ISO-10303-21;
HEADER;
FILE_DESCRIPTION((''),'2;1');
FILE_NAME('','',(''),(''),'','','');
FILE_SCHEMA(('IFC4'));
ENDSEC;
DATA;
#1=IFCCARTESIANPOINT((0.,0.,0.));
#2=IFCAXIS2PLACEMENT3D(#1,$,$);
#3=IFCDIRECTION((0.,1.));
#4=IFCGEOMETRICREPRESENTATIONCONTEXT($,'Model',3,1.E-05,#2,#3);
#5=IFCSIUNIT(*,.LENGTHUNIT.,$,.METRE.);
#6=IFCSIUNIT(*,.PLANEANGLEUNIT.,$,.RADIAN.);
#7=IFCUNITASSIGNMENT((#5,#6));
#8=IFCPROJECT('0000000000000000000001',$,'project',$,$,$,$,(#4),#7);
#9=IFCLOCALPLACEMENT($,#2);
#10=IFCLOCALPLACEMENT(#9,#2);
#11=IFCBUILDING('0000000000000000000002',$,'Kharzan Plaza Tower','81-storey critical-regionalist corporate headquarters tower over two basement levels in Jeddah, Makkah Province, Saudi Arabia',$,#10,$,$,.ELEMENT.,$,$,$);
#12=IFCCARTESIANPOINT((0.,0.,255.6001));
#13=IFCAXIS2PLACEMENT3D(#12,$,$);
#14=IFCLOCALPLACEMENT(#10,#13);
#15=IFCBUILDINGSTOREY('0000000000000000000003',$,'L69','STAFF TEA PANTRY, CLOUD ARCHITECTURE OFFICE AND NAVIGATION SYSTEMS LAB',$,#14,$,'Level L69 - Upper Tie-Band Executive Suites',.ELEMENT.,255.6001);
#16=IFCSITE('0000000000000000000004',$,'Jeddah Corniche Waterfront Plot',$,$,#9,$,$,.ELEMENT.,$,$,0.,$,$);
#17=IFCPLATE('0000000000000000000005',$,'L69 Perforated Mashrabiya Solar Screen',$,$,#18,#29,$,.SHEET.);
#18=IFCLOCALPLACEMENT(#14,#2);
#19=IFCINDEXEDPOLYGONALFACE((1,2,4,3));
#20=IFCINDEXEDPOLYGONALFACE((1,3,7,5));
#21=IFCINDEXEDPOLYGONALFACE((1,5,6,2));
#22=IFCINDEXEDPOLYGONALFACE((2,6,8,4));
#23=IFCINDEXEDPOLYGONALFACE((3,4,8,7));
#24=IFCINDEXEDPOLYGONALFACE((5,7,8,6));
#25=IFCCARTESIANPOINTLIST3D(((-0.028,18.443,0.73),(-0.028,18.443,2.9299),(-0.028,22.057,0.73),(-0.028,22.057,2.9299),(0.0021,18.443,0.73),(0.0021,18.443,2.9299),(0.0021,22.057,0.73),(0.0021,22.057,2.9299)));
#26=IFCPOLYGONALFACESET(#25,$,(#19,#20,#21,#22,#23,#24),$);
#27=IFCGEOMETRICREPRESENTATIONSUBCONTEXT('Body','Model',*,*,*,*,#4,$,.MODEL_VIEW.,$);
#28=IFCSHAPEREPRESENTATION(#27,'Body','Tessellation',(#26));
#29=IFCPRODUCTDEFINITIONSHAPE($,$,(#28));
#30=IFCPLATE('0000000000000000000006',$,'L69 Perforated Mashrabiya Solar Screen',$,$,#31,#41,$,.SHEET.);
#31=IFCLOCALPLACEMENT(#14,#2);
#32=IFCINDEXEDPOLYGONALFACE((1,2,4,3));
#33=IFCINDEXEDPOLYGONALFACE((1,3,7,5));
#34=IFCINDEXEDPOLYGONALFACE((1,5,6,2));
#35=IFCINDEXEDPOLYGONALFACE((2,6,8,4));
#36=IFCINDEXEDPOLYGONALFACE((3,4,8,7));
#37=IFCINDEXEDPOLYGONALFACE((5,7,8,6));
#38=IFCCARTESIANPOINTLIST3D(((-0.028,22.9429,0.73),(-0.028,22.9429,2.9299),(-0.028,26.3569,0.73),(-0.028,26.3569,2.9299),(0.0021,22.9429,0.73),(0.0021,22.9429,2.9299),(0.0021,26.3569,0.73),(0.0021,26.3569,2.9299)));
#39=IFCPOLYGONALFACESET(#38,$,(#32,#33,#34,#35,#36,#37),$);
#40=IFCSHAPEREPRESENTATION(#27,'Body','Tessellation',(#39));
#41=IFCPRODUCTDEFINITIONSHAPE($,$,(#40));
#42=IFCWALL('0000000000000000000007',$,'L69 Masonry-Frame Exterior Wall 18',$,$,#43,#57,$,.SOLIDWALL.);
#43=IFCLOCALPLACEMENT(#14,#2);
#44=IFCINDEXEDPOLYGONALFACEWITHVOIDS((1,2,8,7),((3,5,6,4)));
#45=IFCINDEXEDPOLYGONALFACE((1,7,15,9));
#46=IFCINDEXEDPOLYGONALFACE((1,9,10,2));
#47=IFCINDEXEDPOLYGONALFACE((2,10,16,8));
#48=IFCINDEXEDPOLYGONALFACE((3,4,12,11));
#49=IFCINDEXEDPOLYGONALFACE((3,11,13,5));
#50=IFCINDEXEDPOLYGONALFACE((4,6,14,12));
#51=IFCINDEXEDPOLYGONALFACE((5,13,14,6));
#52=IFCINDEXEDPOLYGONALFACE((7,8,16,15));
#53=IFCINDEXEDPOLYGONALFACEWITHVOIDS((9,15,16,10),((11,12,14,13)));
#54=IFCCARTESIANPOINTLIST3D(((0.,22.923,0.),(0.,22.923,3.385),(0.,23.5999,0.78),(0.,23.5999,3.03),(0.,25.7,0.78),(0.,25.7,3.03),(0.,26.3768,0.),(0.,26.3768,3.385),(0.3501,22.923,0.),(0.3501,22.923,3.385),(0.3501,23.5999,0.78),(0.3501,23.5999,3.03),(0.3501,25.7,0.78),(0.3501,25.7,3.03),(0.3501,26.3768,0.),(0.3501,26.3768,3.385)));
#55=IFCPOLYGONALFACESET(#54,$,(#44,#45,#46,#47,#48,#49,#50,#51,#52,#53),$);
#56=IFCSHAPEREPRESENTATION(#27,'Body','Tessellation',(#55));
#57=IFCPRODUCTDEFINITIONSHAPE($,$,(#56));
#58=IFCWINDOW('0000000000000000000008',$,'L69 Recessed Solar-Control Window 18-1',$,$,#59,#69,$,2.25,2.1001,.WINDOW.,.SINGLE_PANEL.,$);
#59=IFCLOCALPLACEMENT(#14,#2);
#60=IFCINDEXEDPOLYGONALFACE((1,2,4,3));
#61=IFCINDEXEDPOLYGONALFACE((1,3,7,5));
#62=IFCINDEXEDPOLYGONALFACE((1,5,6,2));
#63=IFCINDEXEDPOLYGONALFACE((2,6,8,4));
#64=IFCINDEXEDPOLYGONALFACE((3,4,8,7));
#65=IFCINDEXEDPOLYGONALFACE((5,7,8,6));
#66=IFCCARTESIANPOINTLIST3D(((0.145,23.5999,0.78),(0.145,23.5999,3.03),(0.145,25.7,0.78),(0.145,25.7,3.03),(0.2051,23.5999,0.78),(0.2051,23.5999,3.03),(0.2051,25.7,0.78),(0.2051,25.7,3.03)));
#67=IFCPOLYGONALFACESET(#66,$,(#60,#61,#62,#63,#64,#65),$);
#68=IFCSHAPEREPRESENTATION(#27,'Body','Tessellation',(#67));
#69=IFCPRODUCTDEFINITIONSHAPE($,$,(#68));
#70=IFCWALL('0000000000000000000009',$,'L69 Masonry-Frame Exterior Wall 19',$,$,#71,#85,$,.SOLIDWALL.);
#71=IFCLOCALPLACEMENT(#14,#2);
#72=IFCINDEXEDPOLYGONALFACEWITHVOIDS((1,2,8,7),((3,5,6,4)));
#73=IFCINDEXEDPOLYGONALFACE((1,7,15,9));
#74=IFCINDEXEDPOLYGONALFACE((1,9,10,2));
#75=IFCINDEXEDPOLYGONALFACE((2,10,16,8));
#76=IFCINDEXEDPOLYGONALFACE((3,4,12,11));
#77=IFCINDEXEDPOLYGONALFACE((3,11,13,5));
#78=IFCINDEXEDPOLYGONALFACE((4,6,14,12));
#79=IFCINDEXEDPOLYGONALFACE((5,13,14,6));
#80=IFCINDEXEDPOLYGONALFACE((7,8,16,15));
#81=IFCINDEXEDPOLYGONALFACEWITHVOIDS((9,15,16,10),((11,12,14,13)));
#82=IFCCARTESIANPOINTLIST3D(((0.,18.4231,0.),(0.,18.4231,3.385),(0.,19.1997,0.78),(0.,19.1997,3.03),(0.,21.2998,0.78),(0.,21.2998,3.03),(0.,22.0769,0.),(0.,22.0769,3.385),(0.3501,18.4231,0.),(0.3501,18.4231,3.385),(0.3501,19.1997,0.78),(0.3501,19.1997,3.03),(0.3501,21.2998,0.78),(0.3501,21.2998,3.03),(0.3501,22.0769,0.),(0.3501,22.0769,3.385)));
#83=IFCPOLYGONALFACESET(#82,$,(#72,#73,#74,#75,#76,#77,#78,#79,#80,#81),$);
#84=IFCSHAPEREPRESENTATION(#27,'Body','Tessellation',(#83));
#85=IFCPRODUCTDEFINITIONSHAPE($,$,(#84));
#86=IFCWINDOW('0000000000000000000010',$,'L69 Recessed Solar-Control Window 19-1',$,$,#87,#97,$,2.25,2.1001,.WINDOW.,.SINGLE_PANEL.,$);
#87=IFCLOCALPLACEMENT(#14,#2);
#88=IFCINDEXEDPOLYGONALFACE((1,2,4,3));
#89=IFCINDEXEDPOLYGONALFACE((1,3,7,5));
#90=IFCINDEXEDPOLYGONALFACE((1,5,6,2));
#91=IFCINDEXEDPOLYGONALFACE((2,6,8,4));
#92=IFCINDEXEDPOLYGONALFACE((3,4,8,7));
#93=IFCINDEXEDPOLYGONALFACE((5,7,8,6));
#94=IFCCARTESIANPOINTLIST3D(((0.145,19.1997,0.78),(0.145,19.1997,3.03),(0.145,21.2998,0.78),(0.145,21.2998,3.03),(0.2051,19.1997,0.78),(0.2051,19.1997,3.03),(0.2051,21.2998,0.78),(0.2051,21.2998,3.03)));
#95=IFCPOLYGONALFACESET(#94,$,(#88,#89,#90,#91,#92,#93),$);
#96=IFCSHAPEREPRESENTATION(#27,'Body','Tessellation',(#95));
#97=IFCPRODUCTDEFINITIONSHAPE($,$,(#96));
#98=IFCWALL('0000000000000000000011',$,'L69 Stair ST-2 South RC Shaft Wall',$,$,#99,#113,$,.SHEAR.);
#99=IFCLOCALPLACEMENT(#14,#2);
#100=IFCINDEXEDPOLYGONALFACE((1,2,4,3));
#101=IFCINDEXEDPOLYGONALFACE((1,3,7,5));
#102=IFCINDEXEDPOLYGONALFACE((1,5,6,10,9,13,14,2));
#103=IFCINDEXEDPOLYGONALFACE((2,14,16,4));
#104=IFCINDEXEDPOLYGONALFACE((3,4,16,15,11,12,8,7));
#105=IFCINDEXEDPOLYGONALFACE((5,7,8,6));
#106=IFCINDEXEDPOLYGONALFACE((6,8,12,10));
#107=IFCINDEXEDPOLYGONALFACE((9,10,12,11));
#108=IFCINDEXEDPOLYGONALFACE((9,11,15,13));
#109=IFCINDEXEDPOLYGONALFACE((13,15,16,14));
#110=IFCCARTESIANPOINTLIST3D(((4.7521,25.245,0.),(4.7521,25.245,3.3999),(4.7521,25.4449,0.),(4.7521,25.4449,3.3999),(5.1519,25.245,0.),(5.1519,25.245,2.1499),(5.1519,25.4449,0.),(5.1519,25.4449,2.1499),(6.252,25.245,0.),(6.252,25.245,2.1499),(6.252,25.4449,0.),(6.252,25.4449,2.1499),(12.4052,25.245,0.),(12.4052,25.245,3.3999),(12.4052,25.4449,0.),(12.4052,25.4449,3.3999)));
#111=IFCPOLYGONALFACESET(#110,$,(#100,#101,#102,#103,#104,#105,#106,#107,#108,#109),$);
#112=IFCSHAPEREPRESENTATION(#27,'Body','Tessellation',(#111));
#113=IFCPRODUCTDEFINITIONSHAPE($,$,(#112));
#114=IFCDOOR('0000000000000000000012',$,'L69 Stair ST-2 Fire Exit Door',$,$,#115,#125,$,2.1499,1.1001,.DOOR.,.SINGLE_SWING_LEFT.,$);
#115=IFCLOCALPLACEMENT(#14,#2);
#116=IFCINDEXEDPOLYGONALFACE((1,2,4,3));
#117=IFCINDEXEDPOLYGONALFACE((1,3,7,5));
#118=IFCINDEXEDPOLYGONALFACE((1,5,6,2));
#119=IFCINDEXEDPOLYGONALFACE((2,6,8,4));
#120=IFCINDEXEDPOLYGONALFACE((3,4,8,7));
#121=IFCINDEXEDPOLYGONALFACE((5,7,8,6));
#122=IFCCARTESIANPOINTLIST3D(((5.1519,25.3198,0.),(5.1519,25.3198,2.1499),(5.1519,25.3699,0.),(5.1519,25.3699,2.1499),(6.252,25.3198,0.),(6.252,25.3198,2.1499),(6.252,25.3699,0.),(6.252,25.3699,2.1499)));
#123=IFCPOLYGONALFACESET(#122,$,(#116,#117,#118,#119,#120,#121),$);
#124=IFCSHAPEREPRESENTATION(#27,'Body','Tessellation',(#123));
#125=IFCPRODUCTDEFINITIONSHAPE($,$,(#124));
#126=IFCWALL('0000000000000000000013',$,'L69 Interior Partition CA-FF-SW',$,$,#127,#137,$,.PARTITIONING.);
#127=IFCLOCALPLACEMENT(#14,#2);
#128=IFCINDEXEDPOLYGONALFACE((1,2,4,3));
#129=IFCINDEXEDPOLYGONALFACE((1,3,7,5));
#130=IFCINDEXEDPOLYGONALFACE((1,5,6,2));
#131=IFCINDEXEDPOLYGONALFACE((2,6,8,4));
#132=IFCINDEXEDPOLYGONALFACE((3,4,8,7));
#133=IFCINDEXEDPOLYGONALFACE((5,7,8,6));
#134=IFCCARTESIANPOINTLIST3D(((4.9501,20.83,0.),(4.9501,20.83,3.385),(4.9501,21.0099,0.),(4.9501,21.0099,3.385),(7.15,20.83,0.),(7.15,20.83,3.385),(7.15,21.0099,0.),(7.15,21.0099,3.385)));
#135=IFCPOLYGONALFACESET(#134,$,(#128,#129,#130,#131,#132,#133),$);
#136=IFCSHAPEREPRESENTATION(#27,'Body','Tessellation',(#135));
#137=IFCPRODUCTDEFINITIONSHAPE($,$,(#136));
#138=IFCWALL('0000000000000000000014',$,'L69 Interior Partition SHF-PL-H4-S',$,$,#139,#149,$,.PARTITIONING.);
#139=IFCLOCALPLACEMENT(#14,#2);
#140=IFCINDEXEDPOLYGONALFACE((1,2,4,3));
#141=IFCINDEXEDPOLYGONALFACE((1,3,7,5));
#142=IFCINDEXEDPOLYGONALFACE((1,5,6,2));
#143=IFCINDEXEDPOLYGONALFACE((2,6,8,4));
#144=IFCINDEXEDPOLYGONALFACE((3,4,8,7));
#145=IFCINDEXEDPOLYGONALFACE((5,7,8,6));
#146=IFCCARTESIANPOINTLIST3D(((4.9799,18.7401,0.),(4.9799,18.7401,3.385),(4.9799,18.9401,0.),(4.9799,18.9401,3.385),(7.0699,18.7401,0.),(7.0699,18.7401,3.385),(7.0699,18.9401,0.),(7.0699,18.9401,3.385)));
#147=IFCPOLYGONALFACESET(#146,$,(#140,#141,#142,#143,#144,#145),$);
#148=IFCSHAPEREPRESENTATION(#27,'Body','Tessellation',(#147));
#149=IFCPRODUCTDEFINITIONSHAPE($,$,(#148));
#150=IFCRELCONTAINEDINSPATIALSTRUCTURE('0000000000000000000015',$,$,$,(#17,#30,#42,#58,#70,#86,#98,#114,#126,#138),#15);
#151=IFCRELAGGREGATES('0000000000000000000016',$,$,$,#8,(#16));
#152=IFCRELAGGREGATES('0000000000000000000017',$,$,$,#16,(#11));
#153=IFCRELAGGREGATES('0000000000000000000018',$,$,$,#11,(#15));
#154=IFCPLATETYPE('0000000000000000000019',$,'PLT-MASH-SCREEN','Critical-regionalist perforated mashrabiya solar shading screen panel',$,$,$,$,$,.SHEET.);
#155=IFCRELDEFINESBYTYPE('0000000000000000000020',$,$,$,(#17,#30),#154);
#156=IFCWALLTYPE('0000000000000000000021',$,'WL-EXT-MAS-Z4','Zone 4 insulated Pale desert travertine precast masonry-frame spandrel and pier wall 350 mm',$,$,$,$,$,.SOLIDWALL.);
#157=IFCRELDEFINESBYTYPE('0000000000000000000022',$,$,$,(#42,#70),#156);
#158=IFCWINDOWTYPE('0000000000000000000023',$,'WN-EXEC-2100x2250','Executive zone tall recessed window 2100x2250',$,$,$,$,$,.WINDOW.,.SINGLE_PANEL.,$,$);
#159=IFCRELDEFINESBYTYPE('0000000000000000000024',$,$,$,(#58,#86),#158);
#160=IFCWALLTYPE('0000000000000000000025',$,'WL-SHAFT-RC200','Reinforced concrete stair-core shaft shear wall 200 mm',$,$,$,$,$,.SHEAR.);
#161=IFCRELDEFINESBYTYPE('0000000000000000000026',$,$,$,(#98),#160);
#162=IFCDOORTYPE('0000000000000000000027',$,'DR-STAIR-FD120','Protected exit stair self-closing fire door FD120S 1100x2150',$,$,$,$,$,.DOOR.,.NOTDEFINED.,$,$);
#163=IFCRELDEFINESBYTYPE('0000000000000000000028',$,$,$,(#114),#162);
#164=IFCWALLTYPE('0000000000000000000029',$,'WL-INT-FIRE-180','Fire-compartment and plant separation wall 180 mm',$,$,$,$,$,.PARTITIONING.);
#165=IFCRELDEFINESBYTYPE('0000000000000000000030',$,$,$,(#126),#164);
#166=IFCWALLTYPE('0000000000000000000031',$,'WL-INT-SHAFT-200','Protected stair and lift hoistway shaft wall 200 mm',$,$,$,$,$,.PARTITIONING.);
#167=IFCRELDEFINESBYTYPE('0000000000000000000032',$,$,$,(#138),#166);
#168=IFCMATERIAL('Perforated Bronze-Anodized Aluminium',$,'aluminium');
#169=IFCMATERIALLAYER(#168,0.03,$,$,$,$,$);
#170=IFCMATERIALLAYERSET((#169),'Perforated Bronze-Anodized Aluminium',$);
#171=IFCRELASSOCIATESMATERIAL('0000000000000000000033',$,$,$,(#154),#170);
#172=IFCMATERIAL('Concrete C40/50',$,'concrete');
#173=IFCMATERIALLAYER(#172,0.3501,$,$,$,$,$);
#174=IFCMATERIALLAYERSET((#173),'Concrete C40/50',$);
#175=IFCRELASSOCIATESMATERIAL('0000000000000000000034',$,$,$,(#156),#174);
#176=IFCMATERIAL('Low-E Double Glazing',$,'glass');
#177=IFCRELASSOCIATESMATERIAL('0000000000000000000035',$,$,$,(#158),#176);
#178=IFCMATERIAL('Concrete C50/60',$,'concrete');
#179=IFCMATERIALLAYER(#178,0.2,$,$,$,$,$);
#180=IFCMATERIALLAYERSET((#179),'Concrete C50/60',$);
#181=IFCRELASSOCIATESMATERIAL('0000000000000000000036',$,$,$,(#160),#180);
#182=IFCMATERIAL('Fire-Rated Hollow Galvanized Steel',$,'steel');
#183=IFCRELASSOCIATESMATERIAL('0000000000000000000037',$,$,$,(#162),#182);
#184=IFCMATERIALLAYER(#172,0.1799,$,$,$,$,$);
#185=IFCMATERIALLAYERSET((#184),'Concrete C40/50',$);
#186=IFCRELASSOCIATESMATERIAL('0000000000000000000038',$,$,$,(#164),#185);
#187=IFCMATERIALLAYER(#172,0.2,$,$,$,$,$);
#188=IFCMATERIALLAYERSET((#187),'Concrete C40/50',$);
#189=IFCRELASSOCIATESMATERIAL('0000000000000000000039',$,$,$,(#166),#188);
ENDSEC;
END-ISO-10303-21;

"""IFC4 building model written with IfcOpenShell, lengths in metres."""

from ifc_helpers import new_model, si_unit, direction, frame, frame_2d, origin, origin_2d, place, context, subcontext, project, spatial, rectangle, extrude, source, transform, mapped, material, layer, layer_set, type_object, element, fill, save


model = new_model("IFC4")

# Units and contexts
model_context = context("Model", 3, precision=1e-05, world=origin(), true_north=direction((0.0, 1.0)))
body_context = subcontext(model_context, "Body", "Model", "MODEL_VIEW")
ifc_project = project(units=[si_unit("LENGTHUNIT", "METRE"), si_unit("PLANEANGLEUNIT", "RADIAN")], contexts=[model_context])

# Site, building, storey
site_placement = place(None, origin())
site = spatial("IfcSite", under=ifc_project, at=site_placement, Name="Jeddah Corniche Waterfront Plot", CompositionType="ELEMENT", RefElevation=0.0)
building_placement = place(site_placement, origin())
building = spatial("IfcBuilding", under=site, at=building_placement, Name="Kharzan Plaza Tower", Description="81-storey critical-regionalist corporate headquarters tower over two basement levels in Jeddah, Makkah Province, Saudi Arabia", CompositionType="ELEMENT")
storey_placement = place(building_placement, frame((0.0, 0.0, 255.6001)))
storey = spatial("IfcBuildingStorey", under=building, at=storey_placement, Name="L69", Description="STAFF TEA PANTRY, CLOUD ARCHITECTURE OFFICE AND NAVIGATION SYSTEMS LAB", LongName="Level L69 - Upper Tie-Band Executive Suites", CompositionType="ELEMENT", Elevation=255.6001)

# Shared definitions
ifc_material_1 = material(Name="Concrete C50/60", Category="concrete")

# Plates
ifc_material_2 = material(Name="Perforated Bronze-Anodized Aluminium", Category="aluminium")
ifc_layer_1 = layer(ifc_material_2, 0.03)
ifc_layer_set_1 = layer_set([ifc_layer_1], Name="Perforated Bronze-Anodized Aluminium")
plate_type = type_object("IfcPlateType", Name="PLT-MASH-SCREEN", Description="Critical-regionalist perforated mashrabiya solar shading screen panel", PredefinedType="SHEET", material=ifc_layer_set_1)
shared_shape_1 = source(origin(), body_context, "Body", "SweptSolid", [
    extrude(rectangle(XDim=3.614, YDim=0.03, at=origin_2d()), origin(), (0.0, 0.0, 1.0), 2.2),
])
plate_1_placement = place(storey_placement, frame((-0.0129, 20.25, 0.73), z_axis=(0.0, 0.0, 1.0), x_axis=(0.0, -1.0, 0.0)))
element("IfcPlate", 1, at=plate_1_placement, inside=storey, type_object=plate_type, Name="L69 Perforated Mashrabiya Solar Screen", PredefinedType="SHEET", context=body_context, shape_type="MappedRepresentation", body=[
    mapped(shared_shape_1, transform((0.0, 0.0, 0.0), x_axis=(1.0, 0.0, 0.0), y_axis=(0.0, 1.0, 0.0), z_axis=(0.0, 0.0, 1.0))),
])
shared_shape_2 = source(origin(), body_context, "Body", "SweptSolid", [
    extrude(rectangle(XDim=3.4141, YDim=0.03, at=origin_2d()), origin(), (0.0, 0.0, 1.0), 2.2),
])
plate_2_placement = place(storey_placement, frame((-0.0129, 24.6499, 0.73), z_axis=(0.0, 0.0, 1.0), x_axis=(0.0, -1.0, 0.0)))
element("IfcPlate", 2, at=plate_2_placement, inside=storey, type_object=plate_type, Name="L69 Perforated Mashrabiya Solar Screen", PredefinedType="SHEET", context=body_context, shape_type="MappedRepresentation", body=[
    mapped(shared_shape_2, transform((0.0, 0.0, 0.0), x_axis=(1.0, 0.0, 0.0), y_axis=(0.0, 1.0, 0.0), z_axis=(0.0, 0.0, 1.0))),
])

# Walls, openings, windows
ifc_material_3 = material(Name="Concrete C40/50", Category="concrete")
ifc_layer_2 = layer(ifc_material_3, 0.3501)
ifc_layer_set_2 = layer_set([ifc_layer_2], Name="Concrete C40/50")
wall_type_1 = type_object("IfcWallType", Name="WL-EXT-MAS-Z4", Description="Zone 4 insulated Pale desert travertine precast masonry-frame spandrel and pier wall 350 mm", PredefinedType="SOLIDWALL", material=ifc_layer_set_2)
wall_1_placement = place(storey_placement, frame((0.175, 26.377, 0.0), z_axis=(0.0, 0.0, 1.0), x_axis=(0.0, -1.0, 0.0)))
wall_1 = element("IfcWall", 3, at=wall_1_placement, inside=storey, type_object=wall_type_1, Name="L69 Masonry-Frame Exterior Wall 18", PredefinedType="SOLIDWALL", context=body_context, shape_type="SweptSolid", body=[
    extrude(rectangle(XDim=3.4539, YDim=0.3501, at=frame_2d((1.7271, 0.0))), origin(), (0.0, 0.0, 1.0), 3.385),
])
opening_1_placement = place(wall_1_placement, frame((0.677, 0.0, 0.78)))
opening_1 = element("IfcOpeningElement", 4, at=opening_1_placement, cuts=wall_1, PredefinedType="OPENING", context=body_context, shape_type="SweptSolid", body=[
    extrude(rectangle(XDim=2.1001, YDim=2.25, at=frame_2d((1.05, 1.125))), frame((0.0, 0.1851, 0.0), z_axis=(0.0, -1.0, 0.0), x_axis=(1.0, 0.0, 0.0)), (0.0, 0.0, 1.0), 0.3701),
])
ifc_material_4 = material(Name="Low-E Double Glazing", Category="glass")
window_type = type_object("IfcWindowType", Name="WN-EXEC-2100x2250", Description="Executive zone tall recessed window 2100x2250", PartitioningType="SINGLE_PANEL", PredefinedType="WINDOW", material=ifc_material_4)
shared_shape_3 = source(origin(), body_context, "Body", "SweptSolid", [
    extrude(rectangle(XDim=2.1001, YDim=2.25, at=frame_2d((1.05, 1.125))), frame((0.0, 0.03, 0.0), z_axis=(0.0, -1.0, 0.0), x_axis=(1.0, 0.0, 0.0)), (0.0, 0.0, 1.0), 0.0601),
])
window_1_placement = place(opening_1_placement, origin())
window_1 = element("IfcWindow", 5, at=window_1_placement, inside=storey, type_object=window_type, Name="L69 Recessed Solar-Control Window 18-1", OverallHeight=2.25, OverallWidth=2.1001, PartitioningType="SINGLE_PANEL", PredefinedType="WINDOW", context=body_context, shape_type="MappedRepresentation", body=[
    mapped(shared_shape_3, transform((0.0, 0.0, 0.0), x_axis=(1.0, 0.0, 0.0), y_axis=(0.0, 1.0, 0.0), z_axis=(0.0, 0.0, 1.0))),
])
fill(opening_1, window_1)
wall_2_placement = place(storey_placement, frame((0.175, 22.0769, 0.0), z_axis=(0.0, 0.0, 1.0), x_axis=(0.0, -1.0, 0.0)))
wall_2 = element("IfcWall", 6, at=wall_2_placement, inside=storey, type_object=wall_type_1, Name="L69 Masonry-Frame Exterior Wall 19", PredefinedType="SOLIDWALL", context=body_context, shape_type="SweptSolid", body=[
    extrude(rectangle(XDim=3.6538, YDim=0.3501, at=frame_2d((1.8269, 0.0))), origin(), (0.0, 0.0, 1.0), 3.385),
])
opening_2_placement = place(wall_2_placement, frame((0.7771, 0.0, 0.78)))
opening_2 = element("IfcOpeningElement", 7, at=opening_2_placement, cuts=wall_2, PredefinedType="OPENING", context=body_context, shape_type="SweptSolid", body=[
    extrude(rectangle(XDim=2.1001, YDim=2.25, at=frame_2d((1.05, 1.125))), frame((0.0, 0.1851, 0.0), z_axis=(0.0, -1.0, 0.0), x_axis=(1.0, 0.0, 0.0)), (0.0, 0.0, 1.0), 0.3701),
])
window_2_placement = place(opening_2_placement, origin())
window_2 = element("IfcWindow", 8, at=window_2_placement, inside=storey, type_object=window_type, Name="L69 Recessed Solar-Control Window 19-1", OverallHeight=2.25, OverallWidth=2.1001, PartitioningType="SINGLE_PANEL", PredefinedType="WINDOW", context=body_context, shape_type="MappedRepresentation", body=[
    mapped(shared_shape_3, transform((0.0, 0.0, 0.0), x_axis=(1.0, 0.0, 0.0), y_axis=(0.0, 1.0, 0.0), z_axis=(0.0, 0.0, 1.0))),
])
fill(opening_2, window_2)

# Wall, opening, door
ifc_layer_3 = layer(ifc_material_1, 0.2)
ifc_layer_set_3 = layer_set([ifc_layer_3], Name="Concrete C50/60")
wall_type_2 = type_object("IfcWallType", Name="WL-SHAFT-RC200", Description="Reinforced concrete stair-core shaft shear wall 200 mm", PredefinedType="SHEAR", material=ifc_layer_set_3)
wall_3_placement = place(storey_placement, frame((4.752, 25.345, 0.0), z_axis=(0.0, 0.0, 1.0), x_axis=(1.0, 0.0, 0.0)))
wall_3 = element("IfcWall", 9, at=wall_3_placement, inside=storey, type_object=wall_type_2, Name="L69 Stair ST-2 South RC Shaft Wall", PredefinedType="SHEAR", context=body_context, shape_type="SweptSolid", body=[
    extrude(rectangle(XDim=7.6531, YDim=0.2, at=frame_2d((3.8267, 0.0))), origin(), (0.0, 0.0, 1.0), 3.3999),
])
opening_3_placement = place(wall_3_placement, frame((0.3999, 0.0, 0.0)))
opening_3 = element("IfcOpeningElement", 10, at=opening_3_placement, cuts=wall_3, PredefinedType="OPENING", context=body_context, shape_type="SweptSolid", body=[
    extrude(rectangle(XDim=1.1001, YDim=2.1499, at=frame_2d((0.55, 1.075))), frame((0.0, 0.1099, 0.0), z_axis=(0.0, -1.0, 0.0), x_axis=(1.0, 0.0, 0.0)), (0.0, 0.0, 1.0), 0.22),
])
ifc_material_5 = material(Name="Fire-Rated Hollow Galvanized Steel", Category="steel")
door_type = type_object("IfcDoorType", Name="DR-STAIR-FD120", Description="Protected exit stair self-closing fire door FD120S 1100x2150", OperationType="NOTDEFINED", PredefinedType="DOOR", material=ifc_material_5)
shared_shape_4 = source(origin(), body_context, "Body", "SweptSolid", [
    extrude(rectangle(XDim=1.1001, YDim=2.1499, at=frame_2d((0.55, 1.075))), frame((0.0, 0.0249, 0.0), z_axis=(0.0, -1.0, 0.0), x_axis=(1.0, 0.0, 0.0)), (0.0, 0.0, 1.0), 0.05),
])
door_placement = place(opening_3_placement, origin())
door = element("IfcDoor", 11, at=door_placement, inside=storey, type_object=door_type, Name="L69 Stair ST-2 Fire Exit Door", OperationType="SINGLE_SWING_LEFT", OverallHeight=2.1499, OverallWidth=1.1001, PredefinedType="DOOR", context=body_context, shape_type="MappedRepresentation", body=[
    mapped(shared_shape_4, transform((0.0, 0.0, 0.0), x_axis=(1.0, 0.0, 0.0), y_axis=(0.0, 1.0, 0.0), z_axis=(0.0, 0.0, 1.0))),
])
fill(opening_3, door)

# Walls
ifc_layer_4 = layer(ifc_material_3, 0.1799)
ifc_layer_set_4 = layer_set([ifc_layer_4], Name="Concrete C40/50")
wall_type_3 = type_object("IfcWallType", Name="WL-INT-FIRE-180", Description="Fire-compartment and plant separation wall 180 mm", PredefinedType="PARTITIONING", material=ifc_layer_set_4)
shared_shape_5 = source(origin(), body_context, "Body", "SweptSolid", [
    extrude(rectangle(XDim=2.2, YDim=0.1799, at=frame_2d((1.1001, 0.0))), origin(), (0.0, 0.0, 1.0), 3.385),
])
wall_4_placement = place(storey_placement, frame((4.95, 20.9199, 0.0), z_axis=(0.0, 0.0, 1.0), x_axis=(1.0, 0.0, 0.0)))
element("IfcWall", 12, at=wall_4_placement, inside=storey, type_object=wall_type_3, Name="L69 Interior Partition CA-FF-SW", PredefinedType="PARTITIONING", context=body_context, shape_type="MappedRepresentation", body=[
    mapped(shared_shape_5, transform((0.0, 0.0, 0.0), x_axis=(1.0, 0.0, 0.0), y_axis=(0.0, 1.0, 0.0), z_axis=(0.0, 0.0, 1.0))),
])
ifc_layer_5 = layer(ifc_material_3, 0.2)
ifc_layer_set_5 = layer_set([ifc_layer_5], Name="Concrete C40/50")
wall_type_4 = type_object("IfcWallType", Name="WL-INT-SHAFT-200", Description="Protected stair and lift hoistway shaft wall 200 mm", PredefinedType="PARTITIONING", material=ifc_layer_set_5)
shared_shape_6 = source(origin(), body_context, "Body", "SweptSolid", [
    extrude(rectangle(XDim=2.0901, YDim=0.2, at=frame_2d((1.0449, 0.0))), origin(), (0.0, 0.0, 1.0), 3.385),
])
wall_5_placement = place(storey_placement, frame((4.98, 18.8401, 0.0), z_axis=(0.0, 0.0, 1.0), x_axis=(1.0, 0.0, 0.0)))
element("IfcWall", 13, at=wall_5_placement, inside=storey, type_object=wall_type_4, Name="L69 Interior Partition SHF-PL-H4-S", PredefinedType="PARTITIONING", context=body_context, shape_type="MappedRepresentation", body=[
    mapped(shared_shape_6, transform((0.0, 0.0, 0.0), x_axis=(1.0, 0.0, 0.0), y_axis=(0.0, 1.0, 0.0), z_axis=(0.0, 0.0, 1.0))),
])

save(model, "model.ifc")
